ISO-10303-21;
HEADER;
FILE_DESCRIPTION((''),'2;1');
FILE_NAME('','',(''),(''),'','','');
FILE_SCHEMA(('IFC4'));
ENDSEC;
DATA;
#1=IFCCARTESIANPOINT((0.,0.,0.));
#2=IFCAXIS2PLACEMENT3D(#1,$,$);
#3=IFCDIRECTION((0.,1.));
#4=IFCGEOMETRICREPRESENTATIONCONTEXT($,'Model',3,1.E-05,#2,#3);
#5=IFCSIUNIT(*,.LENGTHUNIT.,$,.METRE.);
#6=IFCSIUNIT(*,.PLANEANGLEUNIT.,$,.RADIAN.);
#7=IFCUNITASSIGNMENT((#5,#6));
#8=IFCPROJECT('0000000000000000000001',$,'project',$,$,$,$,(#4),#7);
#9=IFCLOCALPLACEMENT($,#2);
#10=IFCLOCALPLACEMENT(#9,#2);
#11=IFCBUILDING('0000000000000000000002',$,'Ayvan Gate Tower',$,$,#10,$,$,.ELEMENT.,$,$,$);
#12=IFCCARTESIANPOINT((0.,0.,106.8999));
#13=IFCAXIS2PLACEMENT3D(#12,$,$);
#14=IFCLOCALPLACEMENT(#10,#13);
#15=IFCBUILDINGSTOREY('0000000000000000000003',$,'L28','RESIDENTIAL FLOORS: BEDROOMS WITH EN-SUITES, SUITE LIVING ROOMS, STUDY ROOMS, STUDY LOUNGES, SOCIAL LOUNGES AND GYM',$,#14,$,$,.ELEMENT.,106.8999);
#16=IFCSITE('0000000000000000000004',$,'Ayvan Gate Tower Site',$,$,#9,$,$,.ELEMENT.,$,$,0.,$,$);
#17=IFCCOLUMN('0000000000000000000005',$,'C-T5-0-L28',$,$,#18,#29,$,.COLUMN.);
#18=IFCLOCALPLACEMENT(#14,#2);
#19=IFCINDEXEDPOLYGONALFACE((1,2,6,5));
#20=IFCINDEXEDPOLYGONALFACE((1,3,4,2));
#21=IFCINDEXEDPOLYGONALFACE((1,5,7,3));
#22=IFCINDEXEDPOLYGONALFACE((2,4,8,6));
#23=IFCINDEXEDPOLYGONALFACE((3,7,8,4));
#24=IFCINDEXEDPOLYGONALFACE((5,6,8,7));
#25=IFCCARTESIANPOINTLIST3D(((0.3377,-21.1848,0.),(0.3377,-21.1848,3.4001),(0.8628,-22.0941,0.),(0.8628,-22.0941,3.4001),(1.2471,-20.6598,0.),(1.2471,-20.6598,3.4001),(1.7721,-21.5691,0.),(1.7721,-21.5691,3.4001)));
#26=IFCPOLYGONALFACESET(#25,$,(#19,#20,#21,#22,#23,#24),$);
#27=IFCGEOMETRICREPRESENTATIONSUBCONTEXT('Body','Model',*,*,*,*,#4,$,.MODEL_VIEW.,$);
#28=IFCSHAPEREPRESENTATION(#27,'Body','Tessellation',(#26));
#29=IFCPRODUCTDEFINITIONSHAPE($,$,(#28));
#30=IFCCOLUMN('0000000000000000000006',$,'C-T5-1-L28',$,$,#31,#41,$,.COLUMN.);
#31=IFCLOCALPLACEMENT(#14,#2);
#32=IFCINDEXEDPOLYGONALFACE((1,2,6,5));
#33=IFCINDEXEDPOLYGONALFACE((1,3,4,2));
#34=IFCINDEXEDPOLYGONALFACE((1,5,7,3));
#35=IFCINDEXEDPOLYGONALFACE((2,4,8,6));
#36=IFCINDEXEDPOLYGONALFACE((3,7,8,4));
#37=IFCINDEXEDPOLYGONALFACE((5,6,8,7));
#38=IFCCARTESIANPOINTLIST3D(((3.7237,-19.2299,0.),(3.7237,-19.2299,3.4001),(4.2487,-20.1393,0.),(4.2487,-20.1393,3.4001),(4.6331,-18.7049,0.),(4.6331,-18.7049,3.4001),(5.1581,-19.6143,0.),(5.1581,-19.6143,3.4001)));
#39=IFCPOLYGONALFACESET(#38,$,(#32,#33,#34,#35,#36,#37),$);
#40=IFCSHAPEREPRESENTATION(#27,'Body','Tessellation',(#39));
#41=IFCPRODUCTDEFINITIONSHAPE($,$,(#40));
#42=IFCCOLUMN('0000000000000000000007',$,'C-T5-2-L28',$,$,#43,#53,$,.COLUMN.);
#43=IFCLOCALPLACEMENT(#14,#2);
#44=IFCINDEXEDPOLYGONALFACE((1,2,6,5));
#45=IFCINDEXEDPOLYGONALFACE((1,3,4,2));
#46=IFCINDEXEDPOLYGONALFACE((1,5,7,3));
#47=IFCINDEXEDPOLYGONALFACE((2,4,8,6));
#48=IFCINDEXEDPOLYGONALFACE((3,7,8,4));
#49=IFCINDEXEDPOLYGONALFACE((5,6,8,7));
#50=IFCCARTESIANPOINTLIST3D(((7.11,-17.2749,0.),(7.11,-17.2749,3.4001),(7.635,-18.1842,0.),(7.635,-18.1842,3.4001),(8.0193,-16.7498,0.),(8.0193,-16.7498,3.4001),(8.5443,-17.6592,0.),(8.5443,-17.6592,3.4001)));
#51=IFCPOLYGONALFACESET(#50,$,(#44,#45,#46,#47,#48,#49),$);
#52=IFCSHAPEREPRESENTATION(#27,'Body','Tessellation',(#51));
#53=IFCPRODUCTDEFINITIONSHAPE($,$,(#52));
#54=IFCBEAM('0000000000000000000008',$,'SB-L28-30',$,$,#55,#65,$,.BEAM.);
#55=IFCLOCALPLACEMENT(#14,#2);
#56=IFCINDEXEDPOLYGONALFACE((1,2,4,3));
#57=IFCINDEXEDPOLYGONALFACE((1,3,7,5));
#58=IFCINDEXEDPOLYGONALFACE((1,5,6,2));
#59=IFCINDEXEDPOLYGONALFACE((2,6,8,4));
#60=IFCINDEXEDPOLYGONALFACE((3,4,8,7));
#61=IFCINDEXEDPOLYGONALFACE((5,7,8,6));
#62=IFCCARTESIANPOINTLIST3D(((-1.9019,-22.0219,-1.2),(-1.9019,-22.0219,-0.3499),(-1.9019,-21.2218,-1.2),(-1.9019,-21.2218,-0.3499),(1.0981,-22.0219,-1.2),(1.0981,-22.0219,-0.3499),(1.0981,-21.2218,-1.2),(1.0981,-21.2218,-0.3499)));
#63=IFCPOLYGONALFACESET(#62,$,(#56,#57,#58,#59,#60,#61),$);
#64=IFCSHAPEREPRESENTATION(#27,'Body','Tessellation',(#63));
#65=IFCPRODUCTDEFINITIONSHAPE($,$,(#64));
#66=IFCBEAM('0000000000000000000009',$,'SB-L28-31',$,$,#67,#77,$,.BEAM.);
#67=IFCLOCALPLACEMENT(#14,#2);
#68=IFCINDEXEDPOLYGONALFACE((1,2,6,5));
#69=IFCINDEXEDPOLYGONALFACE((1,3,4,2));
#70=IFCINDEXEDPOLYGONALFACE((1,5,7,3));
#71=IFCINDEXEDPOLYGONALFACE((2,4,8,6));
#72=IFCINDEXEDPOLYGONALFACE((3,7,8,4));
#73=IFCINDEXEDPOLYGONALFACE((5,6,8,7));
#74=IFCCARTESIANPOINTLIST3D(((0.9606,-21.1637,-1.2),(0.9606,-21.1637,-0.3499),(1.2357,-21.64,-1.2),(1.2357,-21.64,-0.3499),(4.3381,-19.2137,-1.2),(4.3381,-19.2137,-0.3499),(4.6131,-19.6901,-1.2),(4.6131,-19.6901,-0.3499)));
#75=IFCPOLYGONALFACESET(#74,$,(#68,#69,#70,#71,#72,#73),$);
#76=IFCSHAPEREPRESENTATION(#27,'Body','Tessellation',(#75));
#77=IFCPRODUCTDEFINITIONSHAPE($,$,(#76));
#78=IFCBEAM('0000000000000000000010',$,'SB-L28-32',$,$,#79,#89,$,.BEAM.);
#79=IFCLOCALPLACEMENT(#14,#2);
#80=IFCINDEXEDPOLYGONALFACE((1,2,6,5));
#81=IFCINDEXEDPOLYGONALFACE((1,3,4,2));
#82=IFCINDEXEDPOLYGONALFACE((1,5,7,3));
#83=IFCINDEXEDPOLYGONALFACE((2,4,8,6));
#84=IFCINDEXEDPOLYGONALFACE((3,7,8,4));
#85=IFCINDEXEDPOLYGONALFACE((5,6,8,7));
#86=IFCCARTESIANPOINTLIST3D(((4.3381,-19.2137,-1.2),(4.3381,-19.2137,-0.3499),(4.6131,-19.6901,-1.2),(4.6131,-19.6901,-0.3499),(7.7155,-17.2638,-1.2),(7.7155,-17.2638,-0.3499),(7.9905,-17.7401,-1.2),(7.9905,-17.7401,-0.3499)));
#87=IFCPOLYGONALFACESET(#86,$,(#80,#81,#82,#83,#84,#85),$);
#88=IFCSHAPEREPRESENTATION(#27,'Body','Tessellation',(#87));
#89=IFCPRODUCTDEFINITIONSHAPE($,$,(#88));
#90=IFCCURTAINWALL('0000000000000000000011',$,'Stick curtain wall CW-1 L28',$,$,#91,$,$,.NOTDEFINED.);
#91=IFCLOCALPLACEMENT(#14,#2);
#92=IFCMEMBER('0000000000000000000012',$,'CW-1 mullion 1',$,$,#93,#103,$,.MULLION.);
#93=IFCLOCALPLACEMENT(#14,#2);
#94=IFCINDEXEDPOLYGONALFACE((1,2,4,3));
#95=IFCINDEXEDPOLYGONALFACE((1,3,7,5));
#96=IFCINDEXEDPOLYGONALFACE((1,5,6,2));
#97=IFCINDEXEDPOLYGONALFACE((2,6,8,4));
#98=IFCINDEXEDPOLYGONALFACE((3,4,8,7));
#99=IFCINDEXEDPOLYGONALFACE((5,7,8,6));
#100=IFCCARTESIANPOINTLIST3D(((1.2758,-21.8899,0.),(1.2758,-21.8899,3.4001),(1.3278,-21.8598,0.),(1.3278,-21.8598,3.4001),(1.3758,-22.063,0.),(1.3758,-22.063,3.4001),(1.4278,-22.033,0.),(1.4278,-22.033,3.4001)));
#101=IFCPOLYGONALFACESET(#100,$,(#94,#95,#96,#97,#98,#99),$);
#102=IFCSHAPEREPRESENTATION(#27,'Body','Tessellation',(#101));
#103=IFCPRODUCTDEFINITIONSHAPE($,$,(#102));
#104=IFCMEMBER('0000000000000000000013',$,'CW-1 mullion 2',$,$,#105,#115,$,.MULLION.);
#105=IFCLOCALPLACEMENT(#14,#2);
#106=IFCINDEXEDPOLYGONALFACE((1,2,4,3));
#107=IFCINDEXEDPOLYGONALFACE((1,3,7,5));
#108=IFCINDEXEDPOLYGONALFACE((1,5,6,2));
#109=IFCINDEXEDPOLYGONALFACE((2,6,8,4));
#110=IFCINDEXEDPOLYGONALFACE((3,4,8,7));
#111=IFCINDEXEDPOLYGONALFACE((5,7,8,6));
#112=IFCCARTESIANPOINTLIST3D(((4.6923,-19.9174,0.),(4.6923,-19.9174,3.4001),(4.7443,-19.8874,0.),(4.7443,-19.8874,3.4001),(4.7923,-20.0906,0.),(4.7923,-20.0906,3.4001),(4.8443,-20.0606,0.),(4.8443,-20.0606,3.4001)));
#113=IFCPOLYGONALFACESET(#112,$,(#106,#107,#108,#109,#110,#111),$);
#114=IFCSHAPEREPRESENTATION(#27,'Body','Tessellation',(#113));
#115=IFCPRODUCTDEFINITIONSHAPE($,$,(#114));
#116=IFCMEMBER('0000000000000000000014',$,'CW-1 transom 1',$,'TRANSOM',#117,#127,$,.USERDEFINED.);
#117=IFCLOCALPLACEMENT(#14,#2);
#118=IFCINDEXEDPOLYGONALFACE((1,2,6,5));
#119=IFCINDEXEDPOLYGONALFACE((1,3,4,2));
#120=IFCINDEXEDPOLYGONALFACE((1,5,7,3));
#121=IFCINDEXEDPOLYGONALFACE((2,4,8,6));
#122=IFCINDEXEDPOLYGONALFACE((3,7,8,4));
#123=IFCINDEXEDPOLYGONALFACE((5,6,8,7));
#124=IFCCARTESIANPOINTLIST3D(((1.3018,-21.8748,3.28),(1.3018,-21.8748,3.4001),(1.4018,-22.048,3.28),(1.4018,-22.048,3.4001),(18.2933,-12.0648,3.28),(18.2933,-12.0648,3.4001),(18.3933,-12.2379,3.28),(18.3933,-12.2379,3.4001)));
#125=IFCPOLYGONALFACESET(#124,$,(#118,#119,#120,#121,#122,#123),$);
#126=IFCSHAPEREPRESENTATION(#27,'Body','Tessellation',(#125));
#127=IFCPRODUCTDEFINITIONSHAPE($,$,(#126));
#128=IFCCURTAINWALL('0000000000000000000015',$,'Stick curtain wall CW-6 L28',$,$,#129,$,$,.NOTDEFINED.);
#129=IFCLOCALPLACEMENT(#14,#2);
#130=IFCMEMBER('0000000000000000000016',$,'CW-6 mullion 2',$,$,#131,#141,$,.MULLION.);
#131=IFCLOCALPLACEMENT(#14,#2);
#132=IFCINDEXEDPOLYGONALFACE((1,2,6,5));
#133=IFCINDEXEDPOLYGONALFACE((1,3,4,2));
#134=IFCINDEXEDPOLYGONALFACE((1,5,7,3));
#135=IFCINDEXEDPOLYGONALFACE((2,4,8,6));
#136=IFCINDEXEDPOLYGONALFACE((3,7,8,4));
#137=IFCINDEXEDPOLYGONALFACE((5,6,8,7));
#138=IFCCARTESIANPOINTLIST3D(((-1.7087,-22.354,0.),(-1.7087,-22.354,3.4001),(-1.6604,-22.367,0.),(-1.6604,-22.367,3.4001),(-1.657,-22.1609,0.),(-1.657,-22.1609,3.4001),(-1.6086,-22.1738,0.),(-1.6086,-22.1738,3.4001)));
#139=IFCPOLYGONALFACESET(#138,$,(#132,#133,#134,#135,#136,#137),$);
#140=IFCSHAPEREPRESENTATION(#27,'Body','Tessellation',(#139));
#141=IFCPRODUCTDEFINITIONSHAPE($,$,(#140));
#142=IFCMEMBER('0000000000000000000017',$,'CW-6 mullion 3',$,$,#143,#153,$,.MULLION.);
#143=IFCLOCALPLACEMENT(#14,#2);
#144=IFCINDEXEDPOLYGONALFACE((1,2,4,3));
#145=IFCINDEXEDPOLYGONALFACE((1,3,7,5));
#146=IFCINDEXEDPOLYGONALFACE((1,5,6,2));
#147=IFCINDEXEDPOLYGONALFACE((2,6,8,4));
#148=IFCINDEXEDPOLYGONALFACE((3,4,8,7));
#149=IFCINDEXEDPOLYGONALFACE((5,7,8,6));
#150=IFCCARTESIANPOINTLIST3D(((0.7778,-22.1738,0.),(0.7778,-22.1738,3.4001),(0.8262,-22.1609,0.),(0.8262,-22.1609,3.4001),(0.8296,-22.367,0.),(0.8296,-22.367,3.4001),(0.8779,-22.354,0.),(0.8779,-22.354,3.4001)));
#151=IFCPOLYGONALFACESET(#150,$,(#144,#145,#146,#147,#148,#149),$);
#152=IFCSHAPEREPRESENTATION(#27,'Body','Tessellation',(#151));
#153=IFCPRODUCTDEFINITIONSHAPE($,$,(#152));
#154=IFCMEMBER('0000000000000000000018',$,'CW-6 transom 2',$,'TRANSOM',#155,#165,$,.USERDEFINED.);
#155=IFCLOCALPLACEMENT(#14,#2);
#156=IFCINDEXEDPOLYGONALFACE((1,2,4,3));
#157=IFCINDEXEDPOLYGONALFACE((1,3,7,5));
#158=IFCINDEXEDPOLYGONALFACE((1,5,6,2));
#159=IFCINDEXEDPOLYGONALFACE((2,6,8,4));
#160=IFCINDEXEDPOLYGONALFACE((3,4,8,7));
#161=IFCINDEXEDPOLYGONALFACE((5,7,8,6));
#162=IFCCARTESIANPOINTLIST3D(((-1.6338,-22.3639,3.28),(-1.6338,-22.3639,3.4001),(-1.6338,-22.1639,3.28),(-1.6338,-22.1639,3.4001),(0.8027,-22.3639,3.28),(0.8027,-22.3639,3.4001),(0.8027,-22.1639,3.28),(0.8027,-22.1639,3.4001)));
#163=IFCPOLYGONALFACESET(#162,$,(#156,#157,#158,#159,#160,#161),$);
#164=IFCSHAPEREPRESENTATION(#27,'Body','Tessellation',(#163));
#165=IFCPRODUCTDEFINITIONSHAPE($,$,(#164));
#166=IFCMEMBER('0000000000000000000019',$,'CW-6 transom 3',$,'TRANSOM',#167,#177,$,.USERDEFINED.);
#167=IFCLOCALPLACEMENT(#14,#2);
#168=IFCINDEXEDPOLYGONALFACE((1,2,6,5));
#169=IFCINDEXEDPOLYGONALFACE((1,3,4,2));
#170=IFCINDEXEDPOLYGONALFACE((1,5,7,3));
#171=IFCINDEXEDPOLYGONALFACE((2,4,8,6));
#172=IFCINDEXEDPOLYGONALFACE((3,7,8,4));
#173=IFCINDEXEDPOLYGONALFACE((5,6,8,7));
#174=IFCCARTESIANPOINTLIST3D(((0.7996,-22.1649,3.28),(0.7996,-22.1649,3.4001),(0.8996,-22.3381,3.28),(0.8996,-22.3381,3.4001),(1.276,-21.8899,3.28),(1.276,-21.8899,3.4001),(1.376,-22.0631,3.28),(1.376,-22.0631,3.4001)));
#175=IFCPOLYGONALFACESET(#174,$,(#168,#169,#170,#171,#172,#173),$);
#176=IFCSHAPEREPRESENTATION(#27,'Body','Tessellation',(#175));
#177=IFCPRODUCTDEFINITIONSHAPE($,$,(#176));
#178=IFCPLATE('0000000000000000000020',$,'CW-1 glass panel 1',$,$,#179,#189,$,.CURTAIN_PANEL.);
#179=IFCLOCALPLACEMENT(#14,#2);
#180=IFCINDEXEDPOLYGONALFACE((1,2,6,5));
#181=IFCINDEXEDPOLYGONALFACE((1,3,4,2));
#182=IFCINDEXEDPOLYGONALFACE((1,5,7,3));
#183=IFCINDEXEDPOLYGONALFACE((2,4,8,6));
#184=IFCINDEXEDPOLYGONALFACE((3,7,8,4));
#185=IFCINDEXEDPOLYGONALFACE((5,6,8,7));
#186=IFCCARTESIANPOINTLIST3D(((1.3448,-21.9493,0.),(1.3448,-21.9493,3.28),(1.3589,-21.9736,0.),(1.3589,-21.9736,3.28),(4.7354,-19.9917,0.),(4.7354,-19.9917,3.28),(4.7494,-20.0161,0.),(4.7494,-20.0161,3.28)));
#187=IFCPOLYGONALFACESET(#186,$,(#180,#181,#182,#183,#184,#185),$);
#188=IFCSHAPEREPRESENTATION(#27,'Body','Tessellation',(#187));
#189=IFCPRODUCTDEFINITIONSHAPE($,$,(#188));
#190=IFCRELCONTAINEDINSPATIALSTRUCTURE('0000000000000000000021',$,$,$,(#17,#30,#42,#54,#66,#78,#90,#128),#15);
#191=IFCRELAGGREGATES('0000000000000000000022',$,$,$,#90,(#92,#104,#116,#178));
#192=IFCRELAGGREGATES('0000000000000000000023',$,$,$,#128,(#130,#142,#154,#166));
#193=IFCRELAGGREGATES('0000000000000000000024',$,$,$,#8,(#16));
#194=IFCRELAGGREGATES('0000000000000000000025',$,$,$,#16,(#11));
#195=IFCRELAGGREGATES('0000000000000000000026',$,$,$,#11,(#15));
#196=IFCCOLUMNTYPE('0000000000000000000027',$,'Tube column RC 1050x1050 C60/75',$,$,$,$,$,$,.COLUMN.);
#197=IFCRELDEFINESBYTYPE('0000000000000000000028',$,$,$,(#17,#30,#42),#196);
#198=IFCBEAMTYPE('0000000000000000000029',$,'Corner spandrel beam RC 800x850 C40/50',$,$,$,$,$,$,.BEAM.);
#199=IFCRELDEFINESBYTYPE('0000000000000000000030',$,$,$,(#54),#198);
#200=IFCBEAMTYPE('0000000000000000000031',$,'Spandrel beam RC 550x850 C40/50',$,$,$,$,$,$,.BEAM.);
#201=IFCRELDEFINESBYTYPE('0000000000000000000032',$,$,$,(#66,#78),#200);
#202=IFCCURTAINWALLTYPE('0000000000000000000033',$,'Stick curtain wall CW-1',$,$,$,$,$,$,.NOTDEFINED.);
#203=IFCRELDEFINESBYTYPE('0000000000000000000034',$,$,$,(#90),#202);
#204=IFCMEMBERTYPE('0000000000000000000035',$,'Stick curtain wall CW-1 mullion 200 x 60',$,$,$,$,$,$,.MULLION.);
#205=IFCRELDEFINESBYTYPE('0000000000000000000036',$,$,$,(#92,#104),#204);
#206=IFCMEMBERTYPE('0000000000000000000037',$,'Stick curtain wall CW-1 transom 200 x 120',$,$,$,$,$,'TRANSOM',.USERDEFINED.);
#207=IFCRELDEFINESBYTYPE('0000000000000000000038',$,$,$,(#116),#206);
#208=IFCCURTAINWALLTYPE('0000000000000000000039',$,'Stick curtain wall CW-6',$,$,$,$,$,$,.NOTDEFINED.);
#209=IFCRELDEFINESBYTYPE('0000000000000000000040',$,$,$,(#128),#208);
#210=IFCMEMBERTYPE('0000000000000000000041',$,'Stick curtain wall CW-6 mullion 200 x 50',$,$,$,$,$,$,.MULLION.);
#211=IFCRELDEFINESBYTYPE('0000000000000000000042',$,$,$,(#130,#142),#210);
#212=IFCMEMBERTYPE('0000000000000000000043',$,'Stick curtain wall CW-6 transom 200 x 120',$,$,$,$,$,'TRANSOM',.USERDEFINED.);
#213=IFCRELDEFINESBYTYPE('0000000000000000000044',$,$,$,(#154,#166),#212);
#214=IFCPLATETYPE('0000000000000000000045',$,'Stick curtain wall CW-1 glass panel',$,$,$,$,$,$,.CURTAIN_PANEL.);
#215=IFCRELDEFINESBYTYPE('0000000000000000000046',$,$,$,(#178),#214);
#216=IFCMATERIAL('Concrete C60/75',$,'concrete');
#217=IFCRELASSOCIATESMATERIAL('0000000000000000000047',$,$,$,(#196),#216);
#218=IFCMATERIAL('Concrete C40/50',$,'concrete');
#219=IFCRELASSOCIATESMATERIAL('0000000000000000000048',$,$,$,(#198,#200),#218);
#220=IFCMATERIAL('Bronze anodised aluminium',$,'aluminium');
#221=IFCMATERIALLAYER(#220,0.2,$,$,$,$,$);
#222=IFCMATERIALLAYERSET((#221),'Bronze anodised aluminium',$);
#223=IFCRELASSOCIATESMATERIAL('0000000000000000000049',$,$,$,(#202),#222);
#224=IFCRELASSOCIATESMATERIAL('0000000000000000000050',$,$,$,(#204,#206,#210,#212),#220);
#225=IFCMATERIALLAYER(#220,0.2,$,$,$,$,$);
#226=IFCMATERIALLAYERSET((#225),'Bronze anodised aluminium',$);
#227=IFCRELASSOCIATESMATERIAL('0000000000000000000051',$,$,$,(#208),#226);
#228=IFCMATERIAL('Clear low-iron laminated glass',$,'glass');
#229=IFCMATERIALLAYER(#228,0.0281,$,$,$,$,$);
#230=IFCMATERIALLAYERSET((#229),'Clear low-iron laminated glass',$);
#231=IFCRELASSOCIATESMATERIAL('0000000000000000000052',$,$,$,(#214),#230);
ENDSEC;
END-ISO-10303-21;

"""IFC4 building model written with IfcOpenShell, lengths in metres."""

from ifc_helpers import new_model, si_unit, direction, frame, origin, origin_2d, place, context, subcontext, project, spatial, rectangle, extrude, material, layer, layer_set, material_profile, profile_set, type_object, element, aggregate, save


model = new_model("IFC4")

# Units and contexts
model_context = context("Model", 3, precision=1e-05, world=origin(), true_north=direction((0.0, 1.0)))
body_context = subcontext(model_context, "Body", "Model", "MODEL_VIEW")
ifc_project = project(units=[si_unit("LENGTHUNIT", "METRE"), si_unit("PLANEANGLEUNIT", "RADIAN")], contexts=[model_context])

# Site, building, storey
site_placement = place(None, origin())
site = spatial("IfcSite", under=ifc_project, at=site_placement, Name="Ayvan Gate Tower Site", CompositionType="ELEMENT", RefElevation=0.0)
building_placement = place(site_placement, origin())
building = spatial("IfcBuilding", under=site, at=building_placement, Name="Ayvan Gate Tower", CompositionType="ELEMENT")
storey_placement = place(building_placement, frame((0.0, 0.0, 106.8999)))
storey = spatial("IfcBuildingStorey", under=building, at=storey_placement, Name="L28", Description="RESIDENTIAL FLOORS: BEDROOMS WITH EN-SUITES, SUITE LIVING ROOMS, STUDY ROOMS, STUDY LOUNGES, SOCIAL LOUNGES AND GYM", CompositionType="ELEMENT", Elevation=106.8999)

# Columns
ifc_material_1 = material(Name="Concrete C60/75", Category="concrete")
ifc_material_profile_1 = material_profile(ifc_material_1, rectangle(XDim=1.05, YDim=1.05, at=origin_2d()), Name="RC 1050x1050")
ifc_profile_set_1 = profile_set([ifc_material_profile_1], Name="Concrete C60/75")
column_type = type_object("IfcColumnType", Name="Tube column RC 1050x1050 C60/75", PredefinedType="COLUMN", material=ifc_profile_set_1)
for number, where, z_axis, x_axis, name in (
    (1, (1.0549, -21.377, 0.0), (0.0, 0.0, 1.0), (0.5, -0.866025, 0.0), "C-T5-0-L28"),
    (2, (4.4409, -19.4221, 0.0), (0.0, 0.0, 1.0), (0.5, -0.866025, 0.0), "C-T5-1-L28"),
    (3, (7.8271, -17.467, 0.0), (0.0, 0.0, 1.0), (0.5, -0.866025, 0.0), "C-T5-2-L28"),
):
    element("IfcColumn", number, at=place(storey_placement, frame(where, z_axis=z_axis, x_axis=x_axis)), inside=storey, type_object=column_type, Name=name, PredefinedType="COLUMN", context=body_context, shape_type="SweptSolid", body=[
        extrude(rectangle(XDim=1.05, YDim=1.05, at=origin_2d()), origin(), (0.0, 0.0, 1.0), 3.4001),
    ])

# Beams
ifc_material_2 = material(Name="Concrete C40/50", Category="concrete")
ifc_material_profile_2 = material_profile(ifc_material_2, rectangle(XDim=0.8, YDim=0.8501, at=origin_2d()), Name="RC 800x850")
ifc_profile_set_2 = profile_set([ifc_material_profile_2], Name="Concrete C40/50")
beam_type_1 = type_object("IfcBeamType", Name="Corner spandrel beam RC 800x850 C40/50", PredefinedType="BEAM", material=ifc_profile_set_2)
beam_placement = place(storey_placement, frame((-1.9019, -21.6218, -0.7749), z_axis=(1.0, 0.0, 0.0), x_axis=(0.0, 1.0, 0.0)))
element("IfcBeam", 4, at=beam_placement, inside=storey, type_object=beam_type_1, Name="SB-L28-30", PredefinedType="BEAM", context=body_context, shape_type="SweptSolid", body=[
    extrude(rectangle(XDim=0.8, YDim=0.8501, at=origin_2d()), origin(), (0.0, 0.0, 1.0), 3.0),
])
ifc_material_profile_3 = material_profile(ifc_material_2, rectangle(XDim=0.55, YDim=0.8501, at=origin_2d()), Name="RC 550x850")
ifc_profile_set_3 = profile_set([ifc_material_profile_3], Name="Concrete C40/50")
beam_type_2 = type_object("IfcBeamType", Name="Spandrel beam RC 550x850 C40/50", PredefinedType="BEAM", material=ifc_profile_set_3)
for number, where, z_axis, x_axis, name in (
    (5, (1.0981, -21.4019, -0.7749), (0.866027, 0.499997, 0.0), (-0.499997, 0.866027, 0.0), "SB-L28-31"),
    (6, (4.4756, -19.4519, -0.7749), (0.866027, 0.499997, 0.0), (-0.499997, 0.866027, 0.0), "SB-L28-32"),
):
    element("IfcBeam", number, at=place(storey_placement, frame(where, z_axis=z_axis, x_axis=x_axis)), inside=storey, type_object=beam_type_2, Name=name, PredefinedType="BEAM", context=body_context, shape_type="SweptSolid", body=[
        extrude(rectangle(XDim=0.55, YDim=0.8501, at=origin_2d()), origin(), (0.0, 0.0, 1.0), 3.8999),
    ])

# Curtain walls, members
ifc_material_3 = material(Name="Bronze anodised aluminium", Category="aluminium")
ifc_layer_1 = layer(ifc_material_3, 0.2)
ifc_layer_set_1 = layer_set([ifc_layer_1], Name="Bronze anodised aluminium")
curtain_wall_type_1 = type_object("IfcCurtainWallType", Name="Stick curtain wall CW-1", PredefinedType="NOTDEFINED", material=ifc_layer_set_1)
curtain_wall_1_placement = place(storey_placement, origin())
curtain_wall_1 = element("IfcCurtainWall", 7, at=curtain_wall_1_placement, inside=storey, type_object=curtain_wall_type_1, Name="Stick curtain wall CW-1 L28", PredefinedType="NOTDEFINED")
ifc_material_profile_4 = material_profile(ifc_material_3, rectangle(XDim=0.2, YDim=0.0601, at=origin_2d()), Name="Stick curtain wall CW-1 mullion 200 x 60")
ifc_profile_set_4 = profile_set([ifc_material_profile_4], Name="Bronze anodised aluminium")
member_type_1 = type_object("IfcMemberType", Name="Stick curtain wall CW-1 mullion 200 x 60", PredefinedType="MULLION", material=ifc_profile_set_4)
member_1_placement = place(storey_placement, frame((1.3518, -21.9614, 0.0), z_axis=(0.0, 0.0, 1.0), x_axis=(0.5, -0.866025, 0.0)))
member_1 = element("IfcMember", 8, at=member_1_placement, type_object=member_type_1, Name="CW-1 mullion 1", PredefinedType="MULLION", context=body_context, shape_type="SweptSolid", body=[
    extrude(rectangle(XDim=0.2, YDim=0.0601, at=origin_2d()), origin(), (0.0, 0.0, 1.0), 3.4001),
])
member_2_placement = place(storey_placement, frame((4.7683, -19.989, 0.0), z_axis=(0.0, 0.0, 1.0), x_axis=(0.5, -0.866025, 0.0)))
member_2 = element("IfcMember", 9, at=member_2_placement, type_object=member_type_1, Name="CW-1 mullion 2", PredefinedType="MULLION", context=body_context, shape_type="SweptSolid", body=[
    extrude(rectangle(XDim=0.2, YDim=0.0601, at=origin_2d()), origin(), (0.0, 0.0, 1.0), 3.4001),
])
ifc_material_profile_5 = material_profile(ifc_material_3, rectangle(XDim=0.2, YDim=0.1201, at=origin_2d()), Name="Stick curtain wall CW-1 transom 200 x 120")
ifc_profile_set_5 = profile_set([ifc_material_profile_5], Name="Bronze anodised aluminium")
member_type_2 = type_object("IfcMemberType", Name="Stick curtain wall CW-1 transom 200 x 120", ElementType="TRANSOM", PredefinedType="USERDEFINED", material=ifc_profile_set_5)
member_3_placement = place(storey_placement, frame((1.3518, -21.9614, 3.3401), z_axis=(0.866025, 0.500001, 0.0), x_axis=(-0.500001, 0.866025, 0.0)))
member_3 = element("IfcMember", 10, at=member_3_placement, type_object=member_type_2, Name="CW-1 transom 1", ObjectType="TRANSOM", PredefinedType="USERDEFINED", context=body_context, shape_type="SweptSolid", body=[
    extrude(rectangle(XDim=0.2, YDim=0.1201, at=origin_2d()), origin(), (0.0, 0.0, 1.0), 19.6201),
])
ifc_layer_2 = layer(ifc_material_3, 0.2)
ifc_layer_set_2 = layer_set([ifc_layer_2], Name="Bronze anodised aluminium")
curtain_wall_type_2 = type_object("IfcCurtainWallType", Name="Stick curtain wall CW-6", PredefinedType="NOTDEFINED", material=ifc_layer_set_2)
curtain_wall_2_placement = place(storey_placement, origin())
curtain_wall_2 = element("IfcCurtainWall", 11, at=curtain_wall_2_placement, inside=storey, type_object=curtain_wall_type_2, Name="Stick curtain wall CW-6 L28", PredefinedType="NOTDEFINED")
ifc_material_profile_6 = material_profile(ifc_material_3, rectangle(XDim=0.2, YDim=0.05, at=origin_2d()), Name="Stick curtain wall CW-6 mullion 200 x 50")
ifc_profile_set_6 = profile_set([ifc_material_profile_6], Name="Bronze anodised aluminium")
member_type_3 = type_object("IfcMemberType", Name="Stick curtain wall CW-6 mullion 200 x 50", PredefinedType="MULLION", material=ifc_profile_set_6)
member_4_placement = place(storey_placement, frame((-1.6587, -22.2639, 0.0), z_axis=(0.0, 0.0, 1.0), x_axis=(-0.258819, -0.965926, 0.0)))
member_4 = element("IfcMember", 12, at=member_4_placement, type_object=member_type_3, Name="CW-6 mullion 2", PredefinedType="MULLION", context=body_context, shape_type="SweptSolid", body=[
    extrude(rectangle(XDim=0.2, YDim=0.05, at=origin_2d()), origin(), (0.0, 0.0, 1.0), 3.4001),
])
member_5_placement = place(storey_placement, frame((0.8279, -22.2639, 0.0), z_axis=(0.0, 0.0, 1.0), x_axis=(0.258819, -0.965926, 0.0)))
member_5 = element("IfcMember", 13, at=member_5_placement, type_object=member_type_3, Name="CW-6 mullion 3", PredefinedType="MULLION", context=body_context, shape_type="SweptSolid", body=[
    extrude(rectangle(XDim=0.2, YDim=0.05, at=origin_2d()), origin(), (0.0, 0.0, 1.0), 3.4001),
])
ifc_material_profile_7 = material_profile(ifc_material_3, rectangle(XDim=0.2, YDim=0.1201, at=origin_2d()), Name="Stick curtain wall CW-6 transom 200 x 120")
ifc_profile_set_7 = profile_set([ifc_material_profile_7], Name="Bronze anodised aluminium")
member_type_4 = type_object("IfcMemberType", Name="Stick curtain wall CW-6 transom 200 x 120", ElementType="TRANSOM", PredefinedType="USERDEFINED", material=ifc_profile_set_7)
member_6_placement = place(storey_placement, frame((-1.6338, -22.2639, 3.3401), z_axis=(1.0, 0.0, 0.0), x_axis=(0.0, 1.0, 0.0)))
member_6 = element("IfcMember", 14, at=member_6_placement, type_object=member_type_4, Name="CW-6 transom 2", ObjectType="TRANSOM", PredefinedType="USERDEFINED", context=body_context, shape_type="SweptSolid", body=[
    extrude(rectangle(XDim=0.2, YDim=0.1201, at=origin_2d()), origin(), (0.0, 0.0, 1.0), 2.4365),
])
member_7_placement = place(storey_placement, frame((0.8496, -22.2515, 3.3401), z_axis=(0.866104, 0.499863, 0.0), x_axis=(-0.499863, 0.866104, 0.0)))
member_7 = element("IfcMember", 15, at=member_7_placement, type_object=member_type_4, Name="CW-6 transom 3", ObjectType="TRANSOM", PredefinedType="USERDEFINED", context=body_context, shape_type="SweptSolid", body=[
    extrude(rectangle(XDim=0.2, YDim=0.1201, at=origin_2d()), origin(), (0.0, 0.0, 1.0), 0.55),
])

# Plate
ifc_material_4 = material(Name="Clear low-iron laminated glass", Category="glass")
ifc_layer_3 = layer(ifc_material_4, 0.0281)
ifc_layer_set_3 = layer_set([ifc_layer_3], Name="Clear low-iron laminated glass")
plate_type_1 = type_object("IfcPlateType", Name="Stick curtain wall CW-1 glass panel", PredefinedType="CURTAIN_PANEL", material=ifc_layer_set_3)
plate_1_placement = place(storey_placement, frame((3.0471, -20.9827, 0.0), z_axis=(0.0, 0.0, 1.0), x_axis=(0.866025, 0.5, 0.0)))
plate_1 = element("IfcPlate", 16, at=plate_1_placement, type_object=plate_type_1, Name="CW-1 glass panel 1", PredefinedType="CURTAIN_PANEL", context=body_context, shape_type="SweptSolid", body=[
    extrude(rectangle(XDim=3.915, YDim=0.0281, at=origin_2d()), origin(), (0.0, 0.0, 1.0), 3.28),
])
aggregate(curtain_wall_1, [member_1, member_2, member_3, plate_1])
aggregate(curtain_wall_2, [member_4, member_5, member_6, member_7])

save(model, "model.ifc")
